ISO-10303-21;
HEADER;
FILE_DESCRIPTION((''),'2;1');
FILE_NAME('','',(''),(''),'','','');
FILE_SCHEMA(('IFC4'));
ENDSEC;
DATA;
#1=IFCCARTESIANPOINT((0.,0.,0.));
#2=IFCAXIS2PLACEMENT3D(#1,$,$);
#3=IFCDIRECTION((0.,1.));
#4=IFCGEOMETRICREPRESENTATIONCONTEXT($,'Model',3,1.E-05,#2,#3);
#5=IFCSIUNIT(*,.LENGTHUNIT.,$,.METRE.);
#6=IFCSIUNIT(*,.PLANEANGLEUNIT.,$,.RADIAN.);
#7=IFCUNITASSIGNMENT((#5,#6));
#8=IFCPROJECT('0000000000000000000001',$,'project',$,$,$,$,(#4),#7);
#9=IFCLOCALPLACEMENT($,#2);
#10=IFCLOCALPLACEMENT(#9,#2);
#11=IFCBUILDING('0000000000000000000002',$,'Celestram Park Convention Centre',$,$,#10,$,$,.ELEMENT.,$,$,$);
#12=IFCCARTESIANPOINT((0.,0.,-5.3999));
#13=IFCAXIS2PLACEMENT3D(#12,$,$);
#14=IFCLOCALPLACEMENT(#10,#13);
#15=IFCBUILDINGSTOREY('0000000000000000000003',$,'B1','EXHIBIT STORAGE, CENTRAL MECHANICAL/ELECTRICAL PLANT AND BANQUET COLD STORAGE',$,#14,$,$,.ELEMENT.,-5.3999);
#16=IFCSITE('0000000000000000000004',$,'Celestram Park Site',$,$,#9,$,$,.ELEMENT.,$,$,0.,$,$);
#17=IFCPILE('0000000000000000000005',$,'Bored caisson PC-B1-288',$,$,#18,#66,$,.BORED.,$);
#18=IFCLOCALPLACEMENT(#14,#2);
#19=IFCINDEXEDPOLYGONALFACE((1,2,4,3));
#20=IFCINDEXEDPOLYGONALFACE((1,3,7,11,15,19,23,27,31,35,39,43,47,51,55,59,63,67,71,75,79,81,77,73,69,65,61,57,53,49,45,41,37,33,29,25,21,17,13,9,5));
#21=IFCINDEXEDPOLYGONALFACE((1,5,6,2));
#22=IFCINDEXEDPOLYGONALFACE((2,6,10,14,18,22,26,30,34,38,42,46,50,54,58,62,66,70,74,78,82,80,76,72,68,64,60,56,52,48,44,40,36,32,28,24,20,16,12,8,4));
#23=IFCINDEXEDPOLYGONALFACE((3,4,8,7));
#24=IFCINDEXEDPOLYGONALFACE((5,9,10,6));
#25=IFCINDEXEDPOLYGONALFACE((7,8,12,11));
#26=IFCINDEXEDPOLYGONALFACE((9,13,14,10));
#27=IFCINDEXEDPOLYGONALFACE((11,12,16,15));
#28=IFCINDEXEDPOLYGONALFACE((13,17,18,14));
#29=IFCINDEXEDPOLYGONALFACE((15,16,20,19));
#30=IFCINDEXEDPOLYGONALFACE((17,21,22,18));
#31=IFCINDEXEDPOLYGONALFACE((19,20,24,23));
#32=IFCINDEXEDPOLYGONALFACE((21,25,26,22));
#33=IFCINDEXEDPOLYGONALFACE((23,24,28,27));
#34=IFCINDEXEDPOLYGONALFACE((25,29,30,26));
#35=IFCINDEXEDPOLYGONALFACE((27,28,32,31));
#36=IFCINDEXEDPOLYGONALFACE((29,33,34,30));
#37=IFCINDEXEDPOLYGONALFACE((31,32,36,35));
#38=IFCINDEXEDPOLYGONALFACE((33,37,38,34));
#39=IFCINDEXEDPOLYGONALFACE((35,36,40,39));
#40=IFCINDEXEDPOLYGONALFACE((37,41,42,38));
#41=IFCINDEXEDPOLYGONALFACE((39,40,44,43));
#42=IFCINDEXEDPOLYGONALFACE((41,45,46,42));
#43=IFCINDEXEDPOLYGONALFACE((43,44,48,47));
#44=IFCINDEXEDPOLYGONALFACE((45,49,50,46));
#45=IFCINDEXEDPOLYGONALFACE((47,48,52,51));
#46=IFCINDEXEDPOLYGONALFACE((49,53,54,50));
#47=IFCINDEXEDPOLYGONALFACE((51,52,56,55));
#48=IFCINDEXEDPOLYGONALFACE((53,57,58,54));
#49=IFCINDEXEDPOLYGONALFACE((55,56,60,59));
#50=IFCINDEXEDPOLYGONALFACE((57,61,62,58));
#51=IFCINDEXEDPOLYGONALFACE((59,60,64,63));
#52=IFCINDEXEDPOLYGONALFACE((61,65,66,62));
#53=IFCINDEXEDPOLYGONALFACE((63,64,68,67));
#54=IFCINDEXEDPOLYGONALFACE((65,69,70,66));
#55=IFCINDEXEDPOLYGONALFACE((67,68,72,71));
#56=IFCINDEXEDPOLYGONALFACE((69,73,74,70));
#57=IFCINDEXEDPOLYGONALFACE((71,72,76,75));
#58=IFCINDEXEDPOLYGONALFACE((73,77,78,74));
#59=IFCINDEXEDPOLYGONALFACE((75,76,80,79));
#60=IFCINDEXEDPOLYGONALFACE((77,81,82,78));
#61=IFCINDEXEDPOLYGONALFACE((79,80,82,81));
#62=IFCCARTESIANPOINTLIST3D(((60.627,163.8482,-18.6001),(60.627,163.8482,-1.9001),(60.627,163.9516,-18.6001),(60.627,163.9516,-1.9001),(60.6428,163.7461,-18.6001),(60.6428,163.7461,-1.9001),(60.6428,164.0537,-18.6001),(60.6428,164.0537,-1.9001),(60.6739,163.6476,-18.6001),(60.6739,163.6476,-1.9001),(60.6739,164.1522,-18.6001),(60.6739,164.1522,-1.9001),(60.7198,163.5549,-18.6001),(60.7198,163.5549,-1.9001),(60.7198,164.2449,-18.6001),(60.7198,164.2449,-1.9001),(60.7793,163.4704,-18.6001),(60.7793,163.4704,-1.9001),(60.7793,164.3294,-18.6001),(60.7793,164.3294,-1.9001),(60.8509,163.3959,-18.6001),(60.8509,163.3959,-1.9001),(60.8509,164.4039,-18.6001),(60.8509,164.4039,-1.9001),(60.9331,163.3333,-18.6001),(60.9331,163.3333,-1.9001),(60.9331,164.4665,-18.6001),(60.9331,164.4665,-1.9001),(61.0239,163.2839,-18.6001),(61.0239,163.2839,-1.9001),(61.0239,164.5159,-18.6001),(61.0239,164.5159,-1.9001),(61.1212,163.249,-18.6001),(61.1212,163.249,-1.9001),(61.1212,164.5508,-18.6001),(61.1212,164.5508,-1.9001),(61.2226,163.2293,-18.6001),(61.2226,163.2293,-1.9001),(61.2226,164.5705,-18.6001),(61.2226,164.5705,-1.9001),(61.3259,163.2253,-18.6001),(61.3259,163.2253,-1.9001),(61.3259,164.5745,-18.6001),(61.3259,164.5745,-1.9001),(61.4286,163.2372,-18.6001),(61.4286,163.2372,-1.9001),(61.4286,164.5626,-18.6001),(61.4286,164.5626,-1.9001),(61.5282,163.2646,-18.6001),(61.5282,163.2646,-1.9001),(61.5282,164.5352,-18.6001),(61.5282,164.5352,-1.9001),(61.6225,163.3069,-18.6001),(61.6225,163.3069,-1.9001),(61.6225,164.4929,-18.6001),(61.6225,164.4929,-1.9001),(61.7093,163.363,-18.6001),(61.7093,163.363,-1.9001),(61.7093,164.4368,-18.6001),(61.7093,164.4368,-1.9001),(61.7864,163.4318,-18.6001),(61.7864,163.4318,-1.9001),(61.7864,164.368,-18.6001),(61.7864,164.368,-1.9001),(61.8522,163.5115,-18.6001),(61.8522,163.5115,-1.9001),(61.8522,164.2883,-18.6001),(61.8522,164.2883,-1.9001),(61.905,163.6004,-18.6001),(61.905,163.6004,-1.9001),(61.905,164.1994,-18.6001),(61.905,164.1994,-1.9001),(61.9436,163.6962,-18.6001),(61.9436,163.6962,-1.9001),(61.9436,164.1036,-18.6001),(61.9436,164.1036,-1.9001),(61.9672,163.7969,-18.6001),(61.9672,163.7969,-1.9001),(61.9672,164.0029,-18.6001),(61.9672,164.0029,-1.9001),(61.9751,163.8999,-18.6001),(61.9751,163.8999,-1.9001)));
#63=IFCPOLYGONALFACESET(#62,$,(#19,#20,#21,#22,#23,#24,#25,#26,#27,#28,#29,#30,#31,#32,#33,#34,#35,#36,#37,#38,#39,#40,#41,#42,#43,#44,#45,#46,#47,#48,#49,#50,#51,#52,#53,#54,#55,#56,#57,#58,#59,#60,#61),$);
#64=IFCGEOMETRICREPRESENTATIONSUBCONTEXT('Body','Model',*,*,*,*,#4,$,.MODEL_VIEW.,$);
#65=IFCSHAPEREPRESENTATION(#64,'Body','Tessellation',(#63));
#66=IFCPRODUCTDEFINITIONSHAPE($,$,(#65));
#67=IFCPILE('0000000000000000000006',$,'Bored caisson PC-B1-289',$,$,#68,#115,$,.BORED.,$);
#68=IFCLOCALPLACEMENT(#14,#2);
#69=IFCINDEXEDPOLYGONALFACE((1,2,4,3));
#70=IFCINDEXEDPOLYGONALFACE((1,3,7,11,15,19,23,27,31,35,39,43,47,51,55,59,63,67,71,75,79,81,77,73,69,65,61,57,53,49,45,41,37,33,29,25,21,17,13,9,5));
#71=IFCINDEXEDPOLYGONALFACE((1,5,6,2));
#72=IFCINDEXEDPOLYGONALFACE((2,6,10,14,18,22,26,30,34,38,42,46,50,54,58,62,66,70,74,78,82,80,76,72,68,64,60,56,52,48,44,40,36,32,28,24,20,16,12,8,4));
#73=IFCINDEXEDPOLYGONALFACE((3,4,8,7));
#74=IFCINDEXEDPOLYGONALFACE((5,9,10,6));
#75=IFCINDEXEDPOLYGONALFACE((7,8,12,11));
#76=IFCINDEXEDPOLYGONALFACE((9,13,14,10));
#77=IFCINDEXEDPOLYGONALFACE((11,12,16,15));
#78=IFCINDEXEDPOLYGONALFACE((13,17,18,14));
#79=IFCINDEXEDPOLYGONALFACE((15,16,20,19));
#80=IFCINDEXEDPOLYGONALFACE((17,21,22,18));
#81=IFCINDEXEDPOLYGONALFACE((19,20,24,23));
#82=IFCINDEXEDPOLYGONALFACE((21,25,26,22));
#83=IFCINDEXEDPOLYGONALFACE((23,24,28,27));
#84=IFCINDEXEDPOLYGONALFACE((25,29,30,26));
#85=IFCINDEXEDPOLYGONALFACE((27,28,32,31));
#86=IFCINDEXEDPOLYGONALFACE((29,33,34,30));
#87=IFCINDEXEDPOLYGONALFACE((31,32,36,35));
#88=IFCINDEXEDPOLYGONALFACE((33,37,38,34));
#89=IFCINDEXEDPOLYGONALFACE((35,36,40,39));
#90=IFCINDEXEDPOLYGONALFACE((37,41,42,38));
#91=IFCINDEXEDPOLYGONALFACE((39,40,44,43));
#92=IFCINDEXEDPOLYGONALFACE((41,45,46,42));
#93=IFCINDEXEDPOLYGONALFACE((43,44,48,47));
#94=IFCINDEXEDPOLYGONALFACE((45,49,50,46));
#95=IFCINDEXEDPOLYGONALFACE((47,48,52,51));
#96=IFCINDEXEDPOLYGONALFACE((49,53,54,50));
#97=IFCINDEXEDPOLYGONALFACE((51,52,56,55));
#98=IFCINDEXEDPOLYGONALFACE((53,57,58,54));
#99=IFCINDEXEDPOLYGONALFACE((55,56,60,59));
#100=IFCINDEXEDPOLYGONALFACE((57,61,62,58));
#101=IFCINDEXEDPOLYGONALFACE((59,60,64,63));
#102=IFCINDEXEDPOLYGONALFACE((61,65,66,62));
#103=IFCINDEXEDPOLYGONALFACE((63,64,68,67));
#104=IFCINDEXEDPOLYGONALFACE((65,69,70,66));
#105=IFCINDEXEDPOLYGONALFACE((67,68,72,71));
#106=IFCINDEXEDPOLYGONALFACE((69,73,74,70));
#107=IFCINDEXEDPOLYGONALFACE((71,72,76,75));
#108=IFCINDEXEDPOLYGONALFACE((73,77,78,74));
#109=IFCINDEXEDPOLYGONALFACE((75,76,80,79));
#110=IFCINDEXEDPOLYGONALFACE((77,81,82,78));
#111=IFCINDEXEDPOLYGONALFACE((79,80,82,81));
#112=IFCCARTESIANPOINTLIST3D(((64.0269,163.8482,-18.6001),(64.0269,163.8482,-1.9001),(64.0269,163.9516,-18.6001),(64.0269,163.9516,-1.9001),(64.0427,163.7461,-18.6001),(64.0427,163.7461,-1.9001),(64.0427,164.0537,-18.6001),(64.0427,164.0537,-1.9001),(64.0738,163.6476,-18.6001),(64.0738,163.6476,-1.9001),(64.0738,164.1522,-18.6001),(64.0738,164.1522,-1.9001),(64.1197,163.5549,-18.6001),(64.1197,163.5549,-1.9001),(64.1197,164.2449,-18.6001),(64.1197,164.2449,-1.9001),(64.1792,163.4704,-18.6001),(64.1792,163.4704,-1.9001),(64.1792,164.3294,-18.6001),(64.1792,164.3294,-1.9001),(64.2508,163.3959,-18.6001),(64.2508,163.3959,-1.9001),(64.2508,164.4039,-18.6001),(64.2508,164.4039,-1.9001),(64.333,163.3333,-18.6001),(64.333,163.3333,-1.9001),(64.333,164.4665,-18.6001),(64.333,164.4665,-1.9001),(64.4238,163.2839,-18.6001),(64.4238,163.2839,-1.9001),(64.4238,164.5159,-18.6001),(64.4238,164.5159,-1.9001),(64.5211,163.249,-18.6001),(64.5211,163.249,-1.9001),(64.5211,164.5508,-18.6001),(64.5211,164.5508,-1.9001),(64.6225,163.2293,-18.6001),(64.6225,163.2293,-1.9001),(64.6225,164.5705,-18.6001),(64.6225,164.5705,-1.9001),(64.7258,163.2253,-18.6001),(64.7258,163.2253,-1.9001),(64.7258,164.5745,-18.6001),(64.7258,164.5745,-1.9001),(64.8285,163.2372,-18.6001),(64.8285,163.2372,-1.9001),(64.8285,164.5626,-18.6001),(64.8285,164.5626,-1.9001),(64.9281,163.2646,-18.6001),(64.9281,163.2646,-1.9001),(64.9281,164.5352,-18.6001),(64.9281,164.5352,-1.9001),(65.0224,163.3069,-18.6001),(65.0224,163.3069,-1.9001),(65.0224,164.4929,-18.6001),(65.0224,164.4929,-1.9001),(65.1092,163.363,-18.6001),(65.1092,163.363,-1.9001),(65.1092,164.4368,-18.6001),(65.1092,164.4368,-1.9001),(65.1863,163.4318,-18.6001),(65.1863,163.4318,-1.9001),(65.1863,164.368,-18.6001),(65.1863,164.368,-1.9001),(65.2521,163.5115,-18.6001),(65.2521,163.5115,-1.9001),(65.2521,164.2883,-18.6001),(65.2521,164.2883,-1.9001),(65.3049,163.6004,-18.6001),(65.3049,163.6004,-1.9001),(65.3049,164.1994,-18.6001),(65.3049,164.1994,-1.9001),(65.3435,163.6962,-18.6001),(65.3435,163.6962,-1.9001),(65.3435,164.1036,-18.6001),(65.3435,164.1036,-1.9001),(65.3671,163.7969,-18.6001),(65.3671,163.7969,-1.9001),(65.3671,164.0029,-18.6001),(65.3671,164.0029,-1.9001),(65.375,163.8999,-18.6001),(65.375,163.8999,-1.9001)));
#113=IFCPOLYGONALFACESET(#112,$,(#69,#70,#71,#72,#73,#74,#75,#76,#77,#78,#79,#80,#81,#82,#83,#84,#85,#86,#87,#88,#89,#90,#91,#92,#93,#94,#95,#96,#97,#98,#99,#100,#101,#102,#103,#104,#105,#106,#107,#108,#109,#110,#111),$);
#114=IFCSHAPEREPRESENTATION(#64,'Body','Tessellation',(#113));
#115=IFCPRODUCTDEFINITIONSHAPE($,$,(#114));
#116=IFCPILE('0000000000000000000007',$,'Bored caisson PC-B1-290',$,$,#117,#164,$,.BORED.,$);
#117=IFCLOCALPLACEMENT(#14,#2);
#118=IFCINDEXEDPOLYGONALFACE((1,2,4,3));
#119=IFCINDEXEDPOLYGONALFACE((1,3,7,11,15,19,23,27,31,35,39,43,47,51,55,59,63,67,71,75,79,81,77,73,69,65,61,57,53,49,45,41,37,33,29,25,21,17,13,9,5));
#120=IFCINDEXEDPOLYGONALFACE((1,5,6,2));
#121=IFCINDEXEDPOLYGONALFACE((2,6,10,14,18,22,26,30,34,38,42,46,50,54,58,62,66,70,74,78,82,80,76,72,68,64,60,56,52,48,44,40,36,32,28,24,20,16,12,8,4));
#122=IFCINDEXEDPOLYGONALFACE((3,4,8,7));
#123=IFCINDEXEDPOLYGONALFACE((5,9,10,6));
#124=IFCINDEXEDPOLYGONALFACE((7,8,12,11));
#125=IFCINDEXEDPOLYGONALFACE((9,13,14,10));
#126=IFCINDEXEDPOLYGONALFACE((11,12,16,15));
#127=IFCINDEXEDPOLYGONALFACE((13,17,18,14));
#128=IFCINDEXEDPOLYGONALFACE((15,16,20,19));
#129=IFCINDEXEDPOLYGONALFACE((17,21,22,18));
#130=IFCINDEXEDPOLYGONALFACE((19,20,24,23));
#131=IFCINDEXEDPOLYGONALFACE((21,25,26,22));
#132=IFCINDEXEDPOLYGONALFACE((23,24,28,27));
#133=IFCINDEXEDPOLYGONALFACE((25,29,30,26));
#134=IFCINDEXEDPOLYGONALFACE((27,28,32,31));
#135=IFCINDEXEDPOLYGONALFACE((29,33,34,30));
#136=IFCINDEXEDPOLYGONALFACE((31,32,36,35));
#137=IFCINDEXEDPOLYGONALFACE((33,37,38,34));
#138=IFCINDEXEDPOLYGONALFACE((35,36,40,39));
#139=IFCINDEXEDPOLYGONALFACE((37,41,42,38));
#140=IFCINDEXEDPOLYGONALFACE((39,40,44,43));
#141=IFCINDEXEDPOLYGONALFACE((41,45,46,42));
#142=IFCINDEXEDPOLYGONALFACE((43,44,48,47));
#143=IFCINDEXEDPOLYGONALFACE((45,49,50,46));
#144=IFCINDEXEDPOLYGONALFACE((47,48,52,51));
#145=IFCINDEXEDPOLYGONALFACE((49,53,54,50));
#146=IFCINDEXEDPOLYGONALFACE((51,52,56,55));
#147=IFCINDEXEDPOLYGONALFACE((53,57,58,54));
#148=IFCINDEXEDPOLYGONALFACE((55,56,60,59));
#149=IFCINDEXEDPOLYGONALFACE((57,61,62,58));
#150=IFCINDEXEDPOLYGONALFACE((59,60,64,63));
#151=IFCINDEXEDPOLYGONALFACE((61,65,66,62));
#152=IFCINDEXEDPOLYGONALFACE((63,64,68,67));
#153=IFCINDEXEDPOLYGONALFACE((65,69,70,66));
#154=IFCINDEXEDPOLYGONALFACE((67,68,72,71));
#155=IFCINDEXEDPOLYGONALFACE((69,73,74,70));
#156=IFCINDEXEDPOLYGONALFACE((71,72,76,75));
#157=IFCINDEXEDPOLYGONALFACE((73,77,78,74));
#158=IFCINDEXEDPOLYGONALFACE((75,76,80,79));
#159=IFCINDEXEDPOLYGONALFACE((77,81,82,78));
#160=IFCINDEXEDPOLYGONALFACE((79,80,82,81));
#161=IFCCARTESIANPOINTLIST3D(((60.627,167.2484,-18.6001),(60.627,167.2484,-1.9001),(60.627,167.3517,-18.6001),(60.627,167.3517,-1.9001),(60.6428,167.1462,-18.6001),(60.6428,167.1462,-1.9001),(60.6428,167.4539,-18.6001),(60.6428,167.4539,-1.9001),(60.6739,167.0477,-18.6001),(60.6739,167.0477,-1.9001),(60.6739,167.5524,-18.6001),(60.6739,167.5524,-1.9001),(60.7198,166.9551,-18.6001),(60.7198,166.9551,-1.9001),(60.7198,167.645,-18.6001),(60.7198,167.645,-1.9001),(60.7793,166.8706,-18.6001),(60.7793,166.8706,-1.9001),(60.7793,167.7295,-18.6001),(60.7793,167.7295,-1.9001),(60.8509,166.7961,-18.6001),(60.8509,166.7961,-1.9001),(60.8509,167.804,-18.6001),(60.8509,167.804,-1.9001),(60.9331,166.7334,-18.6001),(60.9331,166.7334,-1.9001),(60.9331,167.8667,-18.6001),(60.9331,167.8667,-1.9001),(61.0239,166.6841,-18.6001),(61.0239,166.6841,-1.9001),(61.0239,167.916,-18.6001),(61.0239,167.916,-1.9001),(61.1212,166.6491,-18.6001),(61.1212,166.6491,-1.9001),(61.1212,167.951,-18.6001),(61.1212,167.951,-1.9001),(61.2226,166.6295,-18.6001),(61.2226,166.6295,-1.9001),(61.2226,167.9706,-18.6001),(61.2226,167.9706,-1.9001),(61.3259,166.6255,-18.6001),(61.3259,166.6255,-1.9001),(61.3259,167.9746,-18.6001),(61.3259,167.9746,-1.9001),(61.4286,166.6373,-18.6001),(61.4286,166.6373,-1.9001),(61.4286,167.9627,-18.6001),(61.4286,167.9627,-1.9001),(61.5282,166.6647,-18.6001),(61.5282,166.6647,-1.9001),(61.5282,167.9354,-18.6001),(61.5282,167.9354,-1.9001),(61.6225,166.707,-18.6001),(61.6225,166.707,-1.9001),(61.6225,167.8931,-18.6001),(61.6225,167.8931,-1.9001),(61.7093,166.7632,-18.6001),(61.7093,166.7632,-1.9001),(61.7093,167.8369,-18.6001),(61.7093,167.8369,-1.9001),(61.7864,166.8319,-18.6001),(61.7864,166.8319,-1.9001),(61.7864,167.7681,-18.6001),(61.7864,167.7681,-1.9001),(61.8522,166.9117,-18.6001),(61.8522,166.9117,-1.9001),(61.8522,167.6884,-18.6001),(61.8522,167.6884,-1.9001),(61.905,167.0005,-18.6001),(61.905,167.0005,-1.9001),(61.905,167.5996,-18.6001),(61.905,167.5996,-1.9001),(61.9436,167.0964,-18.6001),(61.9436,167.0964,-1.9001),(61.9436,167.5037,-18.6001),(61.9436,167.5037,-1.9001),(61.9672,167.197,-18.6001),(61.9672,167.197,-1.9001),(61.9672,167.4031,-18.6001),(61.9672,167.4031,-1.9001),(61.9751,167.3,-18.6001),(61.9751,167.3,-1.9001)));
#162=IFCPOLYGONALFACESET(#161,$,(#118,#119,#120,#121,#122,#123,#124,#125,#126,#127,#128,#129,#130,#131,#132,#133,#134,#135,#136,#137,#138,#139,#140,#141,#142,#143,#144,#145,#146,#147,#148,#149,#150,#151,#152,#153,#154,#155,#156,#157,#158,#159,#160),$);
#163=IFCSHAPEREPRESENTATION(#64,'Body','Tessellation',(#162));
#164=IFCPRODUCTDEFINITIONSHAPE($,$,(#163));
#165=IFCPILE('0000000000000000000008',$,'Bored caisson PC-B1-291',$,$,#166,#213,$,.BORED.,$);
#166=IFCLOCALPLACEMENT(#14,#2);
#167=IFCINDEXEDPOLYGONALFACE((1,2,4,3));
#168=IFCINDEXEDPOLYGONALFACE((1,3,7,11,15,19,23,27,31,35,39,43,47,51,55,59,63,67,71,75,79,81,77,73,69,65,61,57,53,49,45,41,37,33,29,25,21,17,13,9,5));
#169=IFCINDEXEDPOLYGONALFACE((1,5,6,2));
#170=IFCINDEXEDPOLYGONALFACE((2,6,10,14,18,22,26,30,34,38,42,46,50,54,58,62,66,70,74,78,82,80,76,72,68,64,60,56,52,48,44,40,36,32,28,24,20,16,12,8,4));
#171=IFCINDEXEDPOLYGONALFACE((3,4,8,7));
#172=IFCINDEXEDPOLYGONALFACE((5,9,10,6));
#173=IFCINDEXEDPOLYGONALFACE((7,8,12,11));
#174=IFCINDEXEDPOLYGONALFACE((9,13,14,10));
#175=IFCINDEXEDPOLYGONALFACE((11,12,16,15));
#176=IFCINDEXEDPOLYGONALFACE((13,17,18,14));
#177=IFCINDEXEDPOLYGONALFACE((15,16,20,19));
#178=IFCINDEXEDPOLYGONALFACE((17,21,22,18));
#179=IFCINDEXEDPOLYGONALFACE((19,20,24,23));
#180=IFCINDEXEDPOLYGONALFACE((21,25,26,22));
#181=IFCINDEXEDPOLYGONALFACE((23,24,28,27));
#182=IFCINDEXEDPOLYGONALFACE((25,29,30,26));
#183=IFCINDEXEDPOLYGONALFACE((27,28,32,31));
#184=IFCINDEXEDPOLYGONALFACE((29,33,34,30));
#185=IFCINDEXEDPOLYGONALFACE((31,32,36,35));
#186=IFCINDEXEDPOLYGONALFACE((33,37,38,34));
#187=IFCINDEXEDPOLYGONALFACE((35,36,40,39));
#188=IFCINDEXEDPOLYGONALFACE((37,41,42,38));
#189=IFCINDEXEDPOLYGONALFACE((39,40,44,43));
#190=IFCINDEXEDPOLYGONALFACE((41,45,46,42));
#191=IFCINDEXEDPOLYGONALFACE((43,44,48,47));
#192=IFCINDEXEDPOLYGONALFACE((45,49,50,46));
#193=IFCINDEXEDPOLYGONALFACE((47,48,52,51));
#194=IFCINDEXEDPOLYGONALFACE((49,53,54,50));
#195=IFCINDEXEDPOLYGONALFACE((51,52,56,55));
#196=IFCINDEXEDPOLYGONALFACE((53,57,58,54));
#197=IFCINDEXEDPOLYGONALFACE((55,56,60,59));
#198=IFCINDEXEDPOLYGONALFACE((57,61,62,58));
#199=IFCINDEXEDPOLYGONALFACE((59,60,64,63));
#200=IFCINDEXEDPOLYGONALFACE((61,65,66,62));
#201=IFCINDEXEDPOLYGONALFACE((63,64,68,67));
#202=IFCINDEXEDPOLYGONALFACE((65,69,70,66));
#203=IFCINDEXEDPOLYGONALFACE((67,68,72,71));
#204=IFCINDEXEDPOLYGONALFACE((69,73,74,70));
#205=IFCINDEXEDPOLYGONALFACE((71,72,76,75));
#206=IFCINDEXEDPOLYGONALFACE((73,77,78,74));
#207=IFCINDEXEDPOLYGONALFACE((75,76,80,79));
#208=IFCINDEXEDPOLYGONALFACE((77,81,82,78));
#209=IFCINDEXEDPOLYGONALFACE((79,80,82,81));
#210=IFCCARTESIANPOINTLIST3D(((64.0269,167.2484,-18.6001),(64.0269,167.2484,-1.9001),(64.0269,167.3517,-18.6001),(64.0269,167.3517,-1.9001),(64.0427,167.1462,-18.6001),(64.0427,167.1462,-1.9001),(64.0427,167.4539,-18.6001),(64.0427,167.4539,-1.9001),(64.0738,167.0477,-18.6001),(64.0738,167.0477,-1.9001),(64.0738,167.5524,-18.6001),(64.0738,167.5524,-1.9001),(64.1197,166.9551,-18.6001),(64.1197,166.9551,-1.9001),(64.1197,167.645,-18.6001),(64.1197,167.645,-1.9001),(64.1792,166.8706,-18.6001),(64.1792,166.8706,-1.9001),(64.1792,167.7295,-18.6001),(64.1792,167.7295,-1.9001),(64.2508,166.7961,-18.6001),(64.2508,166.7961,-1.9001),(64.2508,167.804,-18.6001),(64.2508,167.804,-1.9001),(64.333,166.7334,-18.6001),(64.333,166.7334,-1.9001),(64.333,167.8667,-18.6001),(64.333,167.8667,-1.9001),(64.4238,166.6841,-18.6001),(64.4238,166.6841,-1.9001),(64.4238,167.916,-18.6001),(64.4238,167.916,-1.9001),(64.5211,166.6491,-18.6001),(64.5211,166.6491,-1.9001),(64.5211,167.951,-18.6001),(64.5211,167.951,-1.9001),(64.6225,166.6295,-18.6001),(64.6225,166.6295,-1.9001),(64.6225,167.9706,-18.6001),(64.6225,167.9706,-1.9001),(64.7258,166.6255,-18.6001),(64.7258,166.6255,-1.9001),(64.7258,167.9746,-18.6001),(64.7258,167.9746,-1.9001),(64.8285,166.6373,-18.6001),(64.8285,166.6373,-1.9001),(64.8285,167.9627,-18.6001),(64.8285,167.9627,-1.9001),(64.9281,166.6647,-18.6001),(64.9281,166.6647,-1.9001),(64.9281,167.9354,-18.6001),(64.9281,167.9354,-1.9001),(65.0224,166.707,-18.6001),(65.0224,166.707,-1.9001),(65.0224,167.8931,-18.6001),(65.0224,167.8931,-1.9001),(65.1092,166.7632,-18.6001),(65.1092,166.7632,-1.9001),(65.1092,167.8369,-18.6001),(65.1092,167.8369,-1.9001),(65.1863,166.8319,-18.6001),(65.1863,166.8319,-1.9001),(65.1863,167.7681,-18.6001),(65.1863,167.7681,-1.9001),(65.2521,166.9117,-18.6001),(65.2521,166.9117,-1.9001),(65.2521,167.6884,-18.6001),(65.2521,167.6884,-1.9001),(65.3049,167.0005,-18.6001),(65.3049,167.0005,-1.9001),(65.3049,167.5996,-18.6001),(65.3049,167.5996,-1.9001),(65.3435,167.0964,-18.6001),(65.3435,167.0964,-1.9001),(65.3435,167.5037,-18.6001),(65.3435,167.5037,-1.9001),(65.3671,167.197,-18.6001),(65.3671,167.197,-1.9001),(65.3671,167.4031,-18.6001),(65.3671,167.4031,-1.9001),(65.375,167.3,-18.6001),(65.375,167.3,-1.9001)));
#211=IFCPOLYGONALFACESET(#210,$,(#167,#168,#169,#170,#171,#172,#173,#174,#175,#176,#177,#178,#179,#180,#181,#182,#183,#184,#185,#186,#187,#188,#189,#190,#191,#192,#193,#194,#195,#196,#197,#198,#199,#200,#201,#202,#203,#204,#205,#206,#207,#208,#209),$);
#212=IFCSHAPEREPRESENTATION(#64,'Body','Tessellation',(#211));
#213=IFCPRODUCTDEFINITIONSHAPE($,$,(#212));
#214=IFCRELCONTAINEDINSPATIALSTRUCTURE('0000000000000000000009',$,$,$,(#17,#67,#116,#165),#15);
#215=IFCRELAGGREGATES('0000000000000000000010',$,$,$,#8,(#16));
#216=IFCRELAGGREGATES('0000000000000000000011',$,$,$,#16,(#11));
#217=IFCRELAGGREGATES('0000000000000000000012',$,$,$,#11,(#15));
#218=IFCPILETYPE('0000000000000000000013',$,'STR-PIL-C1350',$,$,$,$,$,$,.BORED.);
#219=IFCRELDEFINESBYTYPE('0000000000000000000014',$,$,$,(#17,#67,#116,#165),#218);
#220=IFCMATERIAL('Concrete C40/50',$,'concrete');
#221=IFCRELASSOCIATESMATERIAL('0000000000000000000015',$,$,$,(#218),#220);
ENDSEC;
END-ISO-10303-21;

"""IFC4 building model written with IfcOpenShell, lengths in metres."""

from ifc_helpers import new_model, si_unit, direction, frame, origin, origin_2d, place, context, subcontext, project, spatial, circle, extrude, material, material_profile, profile_set, type_object, element, save


model = new_model("IFC4")

# Units and contexts
model_context = context("Model", 3, precision=1e-05, world=origin(), true_north=direction((0.0, 1.0)))
body_context = subcontext(model_context, "Body", "Model", "MODEL_VIEW")
ifc_project = project(units=[si_unit("LENGTHUNIT", "METRE"), si_unit("PLANEANGLEUNIT", "RADIAN")], contexts=[model_context])

# Site, building, storey
site_placement = place(None, origin())
site = spatial("IfcSite", under=ifc_project, at=site_placement, Name="Celestram Park Site", CompositionType="ELEMENT", RefElevation=0.0)
building_placement = place(site_placement, origin())
building = spatial("IfcBuilding", under=site, at=building_placement, Name="Celestram Park Convention Centre", CompositionType="ELEMENT")
storey_placement = place(building_placement, frame((0.0, 0.0, -5.3999)))
storey = spatial("IfcBuildingStorey", under=building, at=storey_placement, Name="B1", Description="EXHIBIT STORAGE, CENTRAL MECHANICAL/ELECTRICAL PLANT AND BANQUET COLD STORAGE", CompositionType="ELEMENT", Elevation=-5.3999)

# Shared definitions
ifc_material_1 = material(Name="Concrete C40/50", Category="concrete")

# Piles
ifc_material_profile_1 = material_profile(ifc_material_1, circle(Radius=0.675, at=origin_2d()), Name="CAISSON1350")
ifc_profile_set_1 = profile_set([ifc_material_profile_1], Name="Concrete C40/50")
pile_type = type_object("IfcPileType", Name="STR-PIL-C1350", PredefinedType="BORED", material=ifc_profile_set_1)
for number, where, z_axis, x_axis, name in (
    (1, (61.3, 163.8999, -1.9001), (0.0, 0.0, -1.0), (1.0, 0.0, 0.0), "Bored caisson PC-B1-288"),
    (2, (64.7, 163.8999, -1.9001), (0.0, 0.0, -1.0), (1.0, 0.0, 0.0), "Bored caisson PC-B1-289"),
    (3, (61.3, 167.3, -1.9001), (0.0, 0.0, -1.0), (1.0, 0.0, 0.0), "Bored caisson PC-B1-290"),
    (4, (64.7, 167.3, -1.9001), (0.0, 0.0, -1.0), (1.0, 0.0, 0.0), "Bored caisson PC-B1-291"),
):
    element("IfcPile", number, at=place(storey_placement, frame(where, z_axis=z_axis, x_axis=x_axis)), inside=storey, type_object=pile_type, Name=name, PredefinedType="BORED", context=body_context, shape_type="SweptSolid", body=[
        extrude(circle(Radius=0.675, at=origin_2d()), origin(), (0.0, 0.0, 1.0), 16.7),
    ])

save(model, "model.ifc")
